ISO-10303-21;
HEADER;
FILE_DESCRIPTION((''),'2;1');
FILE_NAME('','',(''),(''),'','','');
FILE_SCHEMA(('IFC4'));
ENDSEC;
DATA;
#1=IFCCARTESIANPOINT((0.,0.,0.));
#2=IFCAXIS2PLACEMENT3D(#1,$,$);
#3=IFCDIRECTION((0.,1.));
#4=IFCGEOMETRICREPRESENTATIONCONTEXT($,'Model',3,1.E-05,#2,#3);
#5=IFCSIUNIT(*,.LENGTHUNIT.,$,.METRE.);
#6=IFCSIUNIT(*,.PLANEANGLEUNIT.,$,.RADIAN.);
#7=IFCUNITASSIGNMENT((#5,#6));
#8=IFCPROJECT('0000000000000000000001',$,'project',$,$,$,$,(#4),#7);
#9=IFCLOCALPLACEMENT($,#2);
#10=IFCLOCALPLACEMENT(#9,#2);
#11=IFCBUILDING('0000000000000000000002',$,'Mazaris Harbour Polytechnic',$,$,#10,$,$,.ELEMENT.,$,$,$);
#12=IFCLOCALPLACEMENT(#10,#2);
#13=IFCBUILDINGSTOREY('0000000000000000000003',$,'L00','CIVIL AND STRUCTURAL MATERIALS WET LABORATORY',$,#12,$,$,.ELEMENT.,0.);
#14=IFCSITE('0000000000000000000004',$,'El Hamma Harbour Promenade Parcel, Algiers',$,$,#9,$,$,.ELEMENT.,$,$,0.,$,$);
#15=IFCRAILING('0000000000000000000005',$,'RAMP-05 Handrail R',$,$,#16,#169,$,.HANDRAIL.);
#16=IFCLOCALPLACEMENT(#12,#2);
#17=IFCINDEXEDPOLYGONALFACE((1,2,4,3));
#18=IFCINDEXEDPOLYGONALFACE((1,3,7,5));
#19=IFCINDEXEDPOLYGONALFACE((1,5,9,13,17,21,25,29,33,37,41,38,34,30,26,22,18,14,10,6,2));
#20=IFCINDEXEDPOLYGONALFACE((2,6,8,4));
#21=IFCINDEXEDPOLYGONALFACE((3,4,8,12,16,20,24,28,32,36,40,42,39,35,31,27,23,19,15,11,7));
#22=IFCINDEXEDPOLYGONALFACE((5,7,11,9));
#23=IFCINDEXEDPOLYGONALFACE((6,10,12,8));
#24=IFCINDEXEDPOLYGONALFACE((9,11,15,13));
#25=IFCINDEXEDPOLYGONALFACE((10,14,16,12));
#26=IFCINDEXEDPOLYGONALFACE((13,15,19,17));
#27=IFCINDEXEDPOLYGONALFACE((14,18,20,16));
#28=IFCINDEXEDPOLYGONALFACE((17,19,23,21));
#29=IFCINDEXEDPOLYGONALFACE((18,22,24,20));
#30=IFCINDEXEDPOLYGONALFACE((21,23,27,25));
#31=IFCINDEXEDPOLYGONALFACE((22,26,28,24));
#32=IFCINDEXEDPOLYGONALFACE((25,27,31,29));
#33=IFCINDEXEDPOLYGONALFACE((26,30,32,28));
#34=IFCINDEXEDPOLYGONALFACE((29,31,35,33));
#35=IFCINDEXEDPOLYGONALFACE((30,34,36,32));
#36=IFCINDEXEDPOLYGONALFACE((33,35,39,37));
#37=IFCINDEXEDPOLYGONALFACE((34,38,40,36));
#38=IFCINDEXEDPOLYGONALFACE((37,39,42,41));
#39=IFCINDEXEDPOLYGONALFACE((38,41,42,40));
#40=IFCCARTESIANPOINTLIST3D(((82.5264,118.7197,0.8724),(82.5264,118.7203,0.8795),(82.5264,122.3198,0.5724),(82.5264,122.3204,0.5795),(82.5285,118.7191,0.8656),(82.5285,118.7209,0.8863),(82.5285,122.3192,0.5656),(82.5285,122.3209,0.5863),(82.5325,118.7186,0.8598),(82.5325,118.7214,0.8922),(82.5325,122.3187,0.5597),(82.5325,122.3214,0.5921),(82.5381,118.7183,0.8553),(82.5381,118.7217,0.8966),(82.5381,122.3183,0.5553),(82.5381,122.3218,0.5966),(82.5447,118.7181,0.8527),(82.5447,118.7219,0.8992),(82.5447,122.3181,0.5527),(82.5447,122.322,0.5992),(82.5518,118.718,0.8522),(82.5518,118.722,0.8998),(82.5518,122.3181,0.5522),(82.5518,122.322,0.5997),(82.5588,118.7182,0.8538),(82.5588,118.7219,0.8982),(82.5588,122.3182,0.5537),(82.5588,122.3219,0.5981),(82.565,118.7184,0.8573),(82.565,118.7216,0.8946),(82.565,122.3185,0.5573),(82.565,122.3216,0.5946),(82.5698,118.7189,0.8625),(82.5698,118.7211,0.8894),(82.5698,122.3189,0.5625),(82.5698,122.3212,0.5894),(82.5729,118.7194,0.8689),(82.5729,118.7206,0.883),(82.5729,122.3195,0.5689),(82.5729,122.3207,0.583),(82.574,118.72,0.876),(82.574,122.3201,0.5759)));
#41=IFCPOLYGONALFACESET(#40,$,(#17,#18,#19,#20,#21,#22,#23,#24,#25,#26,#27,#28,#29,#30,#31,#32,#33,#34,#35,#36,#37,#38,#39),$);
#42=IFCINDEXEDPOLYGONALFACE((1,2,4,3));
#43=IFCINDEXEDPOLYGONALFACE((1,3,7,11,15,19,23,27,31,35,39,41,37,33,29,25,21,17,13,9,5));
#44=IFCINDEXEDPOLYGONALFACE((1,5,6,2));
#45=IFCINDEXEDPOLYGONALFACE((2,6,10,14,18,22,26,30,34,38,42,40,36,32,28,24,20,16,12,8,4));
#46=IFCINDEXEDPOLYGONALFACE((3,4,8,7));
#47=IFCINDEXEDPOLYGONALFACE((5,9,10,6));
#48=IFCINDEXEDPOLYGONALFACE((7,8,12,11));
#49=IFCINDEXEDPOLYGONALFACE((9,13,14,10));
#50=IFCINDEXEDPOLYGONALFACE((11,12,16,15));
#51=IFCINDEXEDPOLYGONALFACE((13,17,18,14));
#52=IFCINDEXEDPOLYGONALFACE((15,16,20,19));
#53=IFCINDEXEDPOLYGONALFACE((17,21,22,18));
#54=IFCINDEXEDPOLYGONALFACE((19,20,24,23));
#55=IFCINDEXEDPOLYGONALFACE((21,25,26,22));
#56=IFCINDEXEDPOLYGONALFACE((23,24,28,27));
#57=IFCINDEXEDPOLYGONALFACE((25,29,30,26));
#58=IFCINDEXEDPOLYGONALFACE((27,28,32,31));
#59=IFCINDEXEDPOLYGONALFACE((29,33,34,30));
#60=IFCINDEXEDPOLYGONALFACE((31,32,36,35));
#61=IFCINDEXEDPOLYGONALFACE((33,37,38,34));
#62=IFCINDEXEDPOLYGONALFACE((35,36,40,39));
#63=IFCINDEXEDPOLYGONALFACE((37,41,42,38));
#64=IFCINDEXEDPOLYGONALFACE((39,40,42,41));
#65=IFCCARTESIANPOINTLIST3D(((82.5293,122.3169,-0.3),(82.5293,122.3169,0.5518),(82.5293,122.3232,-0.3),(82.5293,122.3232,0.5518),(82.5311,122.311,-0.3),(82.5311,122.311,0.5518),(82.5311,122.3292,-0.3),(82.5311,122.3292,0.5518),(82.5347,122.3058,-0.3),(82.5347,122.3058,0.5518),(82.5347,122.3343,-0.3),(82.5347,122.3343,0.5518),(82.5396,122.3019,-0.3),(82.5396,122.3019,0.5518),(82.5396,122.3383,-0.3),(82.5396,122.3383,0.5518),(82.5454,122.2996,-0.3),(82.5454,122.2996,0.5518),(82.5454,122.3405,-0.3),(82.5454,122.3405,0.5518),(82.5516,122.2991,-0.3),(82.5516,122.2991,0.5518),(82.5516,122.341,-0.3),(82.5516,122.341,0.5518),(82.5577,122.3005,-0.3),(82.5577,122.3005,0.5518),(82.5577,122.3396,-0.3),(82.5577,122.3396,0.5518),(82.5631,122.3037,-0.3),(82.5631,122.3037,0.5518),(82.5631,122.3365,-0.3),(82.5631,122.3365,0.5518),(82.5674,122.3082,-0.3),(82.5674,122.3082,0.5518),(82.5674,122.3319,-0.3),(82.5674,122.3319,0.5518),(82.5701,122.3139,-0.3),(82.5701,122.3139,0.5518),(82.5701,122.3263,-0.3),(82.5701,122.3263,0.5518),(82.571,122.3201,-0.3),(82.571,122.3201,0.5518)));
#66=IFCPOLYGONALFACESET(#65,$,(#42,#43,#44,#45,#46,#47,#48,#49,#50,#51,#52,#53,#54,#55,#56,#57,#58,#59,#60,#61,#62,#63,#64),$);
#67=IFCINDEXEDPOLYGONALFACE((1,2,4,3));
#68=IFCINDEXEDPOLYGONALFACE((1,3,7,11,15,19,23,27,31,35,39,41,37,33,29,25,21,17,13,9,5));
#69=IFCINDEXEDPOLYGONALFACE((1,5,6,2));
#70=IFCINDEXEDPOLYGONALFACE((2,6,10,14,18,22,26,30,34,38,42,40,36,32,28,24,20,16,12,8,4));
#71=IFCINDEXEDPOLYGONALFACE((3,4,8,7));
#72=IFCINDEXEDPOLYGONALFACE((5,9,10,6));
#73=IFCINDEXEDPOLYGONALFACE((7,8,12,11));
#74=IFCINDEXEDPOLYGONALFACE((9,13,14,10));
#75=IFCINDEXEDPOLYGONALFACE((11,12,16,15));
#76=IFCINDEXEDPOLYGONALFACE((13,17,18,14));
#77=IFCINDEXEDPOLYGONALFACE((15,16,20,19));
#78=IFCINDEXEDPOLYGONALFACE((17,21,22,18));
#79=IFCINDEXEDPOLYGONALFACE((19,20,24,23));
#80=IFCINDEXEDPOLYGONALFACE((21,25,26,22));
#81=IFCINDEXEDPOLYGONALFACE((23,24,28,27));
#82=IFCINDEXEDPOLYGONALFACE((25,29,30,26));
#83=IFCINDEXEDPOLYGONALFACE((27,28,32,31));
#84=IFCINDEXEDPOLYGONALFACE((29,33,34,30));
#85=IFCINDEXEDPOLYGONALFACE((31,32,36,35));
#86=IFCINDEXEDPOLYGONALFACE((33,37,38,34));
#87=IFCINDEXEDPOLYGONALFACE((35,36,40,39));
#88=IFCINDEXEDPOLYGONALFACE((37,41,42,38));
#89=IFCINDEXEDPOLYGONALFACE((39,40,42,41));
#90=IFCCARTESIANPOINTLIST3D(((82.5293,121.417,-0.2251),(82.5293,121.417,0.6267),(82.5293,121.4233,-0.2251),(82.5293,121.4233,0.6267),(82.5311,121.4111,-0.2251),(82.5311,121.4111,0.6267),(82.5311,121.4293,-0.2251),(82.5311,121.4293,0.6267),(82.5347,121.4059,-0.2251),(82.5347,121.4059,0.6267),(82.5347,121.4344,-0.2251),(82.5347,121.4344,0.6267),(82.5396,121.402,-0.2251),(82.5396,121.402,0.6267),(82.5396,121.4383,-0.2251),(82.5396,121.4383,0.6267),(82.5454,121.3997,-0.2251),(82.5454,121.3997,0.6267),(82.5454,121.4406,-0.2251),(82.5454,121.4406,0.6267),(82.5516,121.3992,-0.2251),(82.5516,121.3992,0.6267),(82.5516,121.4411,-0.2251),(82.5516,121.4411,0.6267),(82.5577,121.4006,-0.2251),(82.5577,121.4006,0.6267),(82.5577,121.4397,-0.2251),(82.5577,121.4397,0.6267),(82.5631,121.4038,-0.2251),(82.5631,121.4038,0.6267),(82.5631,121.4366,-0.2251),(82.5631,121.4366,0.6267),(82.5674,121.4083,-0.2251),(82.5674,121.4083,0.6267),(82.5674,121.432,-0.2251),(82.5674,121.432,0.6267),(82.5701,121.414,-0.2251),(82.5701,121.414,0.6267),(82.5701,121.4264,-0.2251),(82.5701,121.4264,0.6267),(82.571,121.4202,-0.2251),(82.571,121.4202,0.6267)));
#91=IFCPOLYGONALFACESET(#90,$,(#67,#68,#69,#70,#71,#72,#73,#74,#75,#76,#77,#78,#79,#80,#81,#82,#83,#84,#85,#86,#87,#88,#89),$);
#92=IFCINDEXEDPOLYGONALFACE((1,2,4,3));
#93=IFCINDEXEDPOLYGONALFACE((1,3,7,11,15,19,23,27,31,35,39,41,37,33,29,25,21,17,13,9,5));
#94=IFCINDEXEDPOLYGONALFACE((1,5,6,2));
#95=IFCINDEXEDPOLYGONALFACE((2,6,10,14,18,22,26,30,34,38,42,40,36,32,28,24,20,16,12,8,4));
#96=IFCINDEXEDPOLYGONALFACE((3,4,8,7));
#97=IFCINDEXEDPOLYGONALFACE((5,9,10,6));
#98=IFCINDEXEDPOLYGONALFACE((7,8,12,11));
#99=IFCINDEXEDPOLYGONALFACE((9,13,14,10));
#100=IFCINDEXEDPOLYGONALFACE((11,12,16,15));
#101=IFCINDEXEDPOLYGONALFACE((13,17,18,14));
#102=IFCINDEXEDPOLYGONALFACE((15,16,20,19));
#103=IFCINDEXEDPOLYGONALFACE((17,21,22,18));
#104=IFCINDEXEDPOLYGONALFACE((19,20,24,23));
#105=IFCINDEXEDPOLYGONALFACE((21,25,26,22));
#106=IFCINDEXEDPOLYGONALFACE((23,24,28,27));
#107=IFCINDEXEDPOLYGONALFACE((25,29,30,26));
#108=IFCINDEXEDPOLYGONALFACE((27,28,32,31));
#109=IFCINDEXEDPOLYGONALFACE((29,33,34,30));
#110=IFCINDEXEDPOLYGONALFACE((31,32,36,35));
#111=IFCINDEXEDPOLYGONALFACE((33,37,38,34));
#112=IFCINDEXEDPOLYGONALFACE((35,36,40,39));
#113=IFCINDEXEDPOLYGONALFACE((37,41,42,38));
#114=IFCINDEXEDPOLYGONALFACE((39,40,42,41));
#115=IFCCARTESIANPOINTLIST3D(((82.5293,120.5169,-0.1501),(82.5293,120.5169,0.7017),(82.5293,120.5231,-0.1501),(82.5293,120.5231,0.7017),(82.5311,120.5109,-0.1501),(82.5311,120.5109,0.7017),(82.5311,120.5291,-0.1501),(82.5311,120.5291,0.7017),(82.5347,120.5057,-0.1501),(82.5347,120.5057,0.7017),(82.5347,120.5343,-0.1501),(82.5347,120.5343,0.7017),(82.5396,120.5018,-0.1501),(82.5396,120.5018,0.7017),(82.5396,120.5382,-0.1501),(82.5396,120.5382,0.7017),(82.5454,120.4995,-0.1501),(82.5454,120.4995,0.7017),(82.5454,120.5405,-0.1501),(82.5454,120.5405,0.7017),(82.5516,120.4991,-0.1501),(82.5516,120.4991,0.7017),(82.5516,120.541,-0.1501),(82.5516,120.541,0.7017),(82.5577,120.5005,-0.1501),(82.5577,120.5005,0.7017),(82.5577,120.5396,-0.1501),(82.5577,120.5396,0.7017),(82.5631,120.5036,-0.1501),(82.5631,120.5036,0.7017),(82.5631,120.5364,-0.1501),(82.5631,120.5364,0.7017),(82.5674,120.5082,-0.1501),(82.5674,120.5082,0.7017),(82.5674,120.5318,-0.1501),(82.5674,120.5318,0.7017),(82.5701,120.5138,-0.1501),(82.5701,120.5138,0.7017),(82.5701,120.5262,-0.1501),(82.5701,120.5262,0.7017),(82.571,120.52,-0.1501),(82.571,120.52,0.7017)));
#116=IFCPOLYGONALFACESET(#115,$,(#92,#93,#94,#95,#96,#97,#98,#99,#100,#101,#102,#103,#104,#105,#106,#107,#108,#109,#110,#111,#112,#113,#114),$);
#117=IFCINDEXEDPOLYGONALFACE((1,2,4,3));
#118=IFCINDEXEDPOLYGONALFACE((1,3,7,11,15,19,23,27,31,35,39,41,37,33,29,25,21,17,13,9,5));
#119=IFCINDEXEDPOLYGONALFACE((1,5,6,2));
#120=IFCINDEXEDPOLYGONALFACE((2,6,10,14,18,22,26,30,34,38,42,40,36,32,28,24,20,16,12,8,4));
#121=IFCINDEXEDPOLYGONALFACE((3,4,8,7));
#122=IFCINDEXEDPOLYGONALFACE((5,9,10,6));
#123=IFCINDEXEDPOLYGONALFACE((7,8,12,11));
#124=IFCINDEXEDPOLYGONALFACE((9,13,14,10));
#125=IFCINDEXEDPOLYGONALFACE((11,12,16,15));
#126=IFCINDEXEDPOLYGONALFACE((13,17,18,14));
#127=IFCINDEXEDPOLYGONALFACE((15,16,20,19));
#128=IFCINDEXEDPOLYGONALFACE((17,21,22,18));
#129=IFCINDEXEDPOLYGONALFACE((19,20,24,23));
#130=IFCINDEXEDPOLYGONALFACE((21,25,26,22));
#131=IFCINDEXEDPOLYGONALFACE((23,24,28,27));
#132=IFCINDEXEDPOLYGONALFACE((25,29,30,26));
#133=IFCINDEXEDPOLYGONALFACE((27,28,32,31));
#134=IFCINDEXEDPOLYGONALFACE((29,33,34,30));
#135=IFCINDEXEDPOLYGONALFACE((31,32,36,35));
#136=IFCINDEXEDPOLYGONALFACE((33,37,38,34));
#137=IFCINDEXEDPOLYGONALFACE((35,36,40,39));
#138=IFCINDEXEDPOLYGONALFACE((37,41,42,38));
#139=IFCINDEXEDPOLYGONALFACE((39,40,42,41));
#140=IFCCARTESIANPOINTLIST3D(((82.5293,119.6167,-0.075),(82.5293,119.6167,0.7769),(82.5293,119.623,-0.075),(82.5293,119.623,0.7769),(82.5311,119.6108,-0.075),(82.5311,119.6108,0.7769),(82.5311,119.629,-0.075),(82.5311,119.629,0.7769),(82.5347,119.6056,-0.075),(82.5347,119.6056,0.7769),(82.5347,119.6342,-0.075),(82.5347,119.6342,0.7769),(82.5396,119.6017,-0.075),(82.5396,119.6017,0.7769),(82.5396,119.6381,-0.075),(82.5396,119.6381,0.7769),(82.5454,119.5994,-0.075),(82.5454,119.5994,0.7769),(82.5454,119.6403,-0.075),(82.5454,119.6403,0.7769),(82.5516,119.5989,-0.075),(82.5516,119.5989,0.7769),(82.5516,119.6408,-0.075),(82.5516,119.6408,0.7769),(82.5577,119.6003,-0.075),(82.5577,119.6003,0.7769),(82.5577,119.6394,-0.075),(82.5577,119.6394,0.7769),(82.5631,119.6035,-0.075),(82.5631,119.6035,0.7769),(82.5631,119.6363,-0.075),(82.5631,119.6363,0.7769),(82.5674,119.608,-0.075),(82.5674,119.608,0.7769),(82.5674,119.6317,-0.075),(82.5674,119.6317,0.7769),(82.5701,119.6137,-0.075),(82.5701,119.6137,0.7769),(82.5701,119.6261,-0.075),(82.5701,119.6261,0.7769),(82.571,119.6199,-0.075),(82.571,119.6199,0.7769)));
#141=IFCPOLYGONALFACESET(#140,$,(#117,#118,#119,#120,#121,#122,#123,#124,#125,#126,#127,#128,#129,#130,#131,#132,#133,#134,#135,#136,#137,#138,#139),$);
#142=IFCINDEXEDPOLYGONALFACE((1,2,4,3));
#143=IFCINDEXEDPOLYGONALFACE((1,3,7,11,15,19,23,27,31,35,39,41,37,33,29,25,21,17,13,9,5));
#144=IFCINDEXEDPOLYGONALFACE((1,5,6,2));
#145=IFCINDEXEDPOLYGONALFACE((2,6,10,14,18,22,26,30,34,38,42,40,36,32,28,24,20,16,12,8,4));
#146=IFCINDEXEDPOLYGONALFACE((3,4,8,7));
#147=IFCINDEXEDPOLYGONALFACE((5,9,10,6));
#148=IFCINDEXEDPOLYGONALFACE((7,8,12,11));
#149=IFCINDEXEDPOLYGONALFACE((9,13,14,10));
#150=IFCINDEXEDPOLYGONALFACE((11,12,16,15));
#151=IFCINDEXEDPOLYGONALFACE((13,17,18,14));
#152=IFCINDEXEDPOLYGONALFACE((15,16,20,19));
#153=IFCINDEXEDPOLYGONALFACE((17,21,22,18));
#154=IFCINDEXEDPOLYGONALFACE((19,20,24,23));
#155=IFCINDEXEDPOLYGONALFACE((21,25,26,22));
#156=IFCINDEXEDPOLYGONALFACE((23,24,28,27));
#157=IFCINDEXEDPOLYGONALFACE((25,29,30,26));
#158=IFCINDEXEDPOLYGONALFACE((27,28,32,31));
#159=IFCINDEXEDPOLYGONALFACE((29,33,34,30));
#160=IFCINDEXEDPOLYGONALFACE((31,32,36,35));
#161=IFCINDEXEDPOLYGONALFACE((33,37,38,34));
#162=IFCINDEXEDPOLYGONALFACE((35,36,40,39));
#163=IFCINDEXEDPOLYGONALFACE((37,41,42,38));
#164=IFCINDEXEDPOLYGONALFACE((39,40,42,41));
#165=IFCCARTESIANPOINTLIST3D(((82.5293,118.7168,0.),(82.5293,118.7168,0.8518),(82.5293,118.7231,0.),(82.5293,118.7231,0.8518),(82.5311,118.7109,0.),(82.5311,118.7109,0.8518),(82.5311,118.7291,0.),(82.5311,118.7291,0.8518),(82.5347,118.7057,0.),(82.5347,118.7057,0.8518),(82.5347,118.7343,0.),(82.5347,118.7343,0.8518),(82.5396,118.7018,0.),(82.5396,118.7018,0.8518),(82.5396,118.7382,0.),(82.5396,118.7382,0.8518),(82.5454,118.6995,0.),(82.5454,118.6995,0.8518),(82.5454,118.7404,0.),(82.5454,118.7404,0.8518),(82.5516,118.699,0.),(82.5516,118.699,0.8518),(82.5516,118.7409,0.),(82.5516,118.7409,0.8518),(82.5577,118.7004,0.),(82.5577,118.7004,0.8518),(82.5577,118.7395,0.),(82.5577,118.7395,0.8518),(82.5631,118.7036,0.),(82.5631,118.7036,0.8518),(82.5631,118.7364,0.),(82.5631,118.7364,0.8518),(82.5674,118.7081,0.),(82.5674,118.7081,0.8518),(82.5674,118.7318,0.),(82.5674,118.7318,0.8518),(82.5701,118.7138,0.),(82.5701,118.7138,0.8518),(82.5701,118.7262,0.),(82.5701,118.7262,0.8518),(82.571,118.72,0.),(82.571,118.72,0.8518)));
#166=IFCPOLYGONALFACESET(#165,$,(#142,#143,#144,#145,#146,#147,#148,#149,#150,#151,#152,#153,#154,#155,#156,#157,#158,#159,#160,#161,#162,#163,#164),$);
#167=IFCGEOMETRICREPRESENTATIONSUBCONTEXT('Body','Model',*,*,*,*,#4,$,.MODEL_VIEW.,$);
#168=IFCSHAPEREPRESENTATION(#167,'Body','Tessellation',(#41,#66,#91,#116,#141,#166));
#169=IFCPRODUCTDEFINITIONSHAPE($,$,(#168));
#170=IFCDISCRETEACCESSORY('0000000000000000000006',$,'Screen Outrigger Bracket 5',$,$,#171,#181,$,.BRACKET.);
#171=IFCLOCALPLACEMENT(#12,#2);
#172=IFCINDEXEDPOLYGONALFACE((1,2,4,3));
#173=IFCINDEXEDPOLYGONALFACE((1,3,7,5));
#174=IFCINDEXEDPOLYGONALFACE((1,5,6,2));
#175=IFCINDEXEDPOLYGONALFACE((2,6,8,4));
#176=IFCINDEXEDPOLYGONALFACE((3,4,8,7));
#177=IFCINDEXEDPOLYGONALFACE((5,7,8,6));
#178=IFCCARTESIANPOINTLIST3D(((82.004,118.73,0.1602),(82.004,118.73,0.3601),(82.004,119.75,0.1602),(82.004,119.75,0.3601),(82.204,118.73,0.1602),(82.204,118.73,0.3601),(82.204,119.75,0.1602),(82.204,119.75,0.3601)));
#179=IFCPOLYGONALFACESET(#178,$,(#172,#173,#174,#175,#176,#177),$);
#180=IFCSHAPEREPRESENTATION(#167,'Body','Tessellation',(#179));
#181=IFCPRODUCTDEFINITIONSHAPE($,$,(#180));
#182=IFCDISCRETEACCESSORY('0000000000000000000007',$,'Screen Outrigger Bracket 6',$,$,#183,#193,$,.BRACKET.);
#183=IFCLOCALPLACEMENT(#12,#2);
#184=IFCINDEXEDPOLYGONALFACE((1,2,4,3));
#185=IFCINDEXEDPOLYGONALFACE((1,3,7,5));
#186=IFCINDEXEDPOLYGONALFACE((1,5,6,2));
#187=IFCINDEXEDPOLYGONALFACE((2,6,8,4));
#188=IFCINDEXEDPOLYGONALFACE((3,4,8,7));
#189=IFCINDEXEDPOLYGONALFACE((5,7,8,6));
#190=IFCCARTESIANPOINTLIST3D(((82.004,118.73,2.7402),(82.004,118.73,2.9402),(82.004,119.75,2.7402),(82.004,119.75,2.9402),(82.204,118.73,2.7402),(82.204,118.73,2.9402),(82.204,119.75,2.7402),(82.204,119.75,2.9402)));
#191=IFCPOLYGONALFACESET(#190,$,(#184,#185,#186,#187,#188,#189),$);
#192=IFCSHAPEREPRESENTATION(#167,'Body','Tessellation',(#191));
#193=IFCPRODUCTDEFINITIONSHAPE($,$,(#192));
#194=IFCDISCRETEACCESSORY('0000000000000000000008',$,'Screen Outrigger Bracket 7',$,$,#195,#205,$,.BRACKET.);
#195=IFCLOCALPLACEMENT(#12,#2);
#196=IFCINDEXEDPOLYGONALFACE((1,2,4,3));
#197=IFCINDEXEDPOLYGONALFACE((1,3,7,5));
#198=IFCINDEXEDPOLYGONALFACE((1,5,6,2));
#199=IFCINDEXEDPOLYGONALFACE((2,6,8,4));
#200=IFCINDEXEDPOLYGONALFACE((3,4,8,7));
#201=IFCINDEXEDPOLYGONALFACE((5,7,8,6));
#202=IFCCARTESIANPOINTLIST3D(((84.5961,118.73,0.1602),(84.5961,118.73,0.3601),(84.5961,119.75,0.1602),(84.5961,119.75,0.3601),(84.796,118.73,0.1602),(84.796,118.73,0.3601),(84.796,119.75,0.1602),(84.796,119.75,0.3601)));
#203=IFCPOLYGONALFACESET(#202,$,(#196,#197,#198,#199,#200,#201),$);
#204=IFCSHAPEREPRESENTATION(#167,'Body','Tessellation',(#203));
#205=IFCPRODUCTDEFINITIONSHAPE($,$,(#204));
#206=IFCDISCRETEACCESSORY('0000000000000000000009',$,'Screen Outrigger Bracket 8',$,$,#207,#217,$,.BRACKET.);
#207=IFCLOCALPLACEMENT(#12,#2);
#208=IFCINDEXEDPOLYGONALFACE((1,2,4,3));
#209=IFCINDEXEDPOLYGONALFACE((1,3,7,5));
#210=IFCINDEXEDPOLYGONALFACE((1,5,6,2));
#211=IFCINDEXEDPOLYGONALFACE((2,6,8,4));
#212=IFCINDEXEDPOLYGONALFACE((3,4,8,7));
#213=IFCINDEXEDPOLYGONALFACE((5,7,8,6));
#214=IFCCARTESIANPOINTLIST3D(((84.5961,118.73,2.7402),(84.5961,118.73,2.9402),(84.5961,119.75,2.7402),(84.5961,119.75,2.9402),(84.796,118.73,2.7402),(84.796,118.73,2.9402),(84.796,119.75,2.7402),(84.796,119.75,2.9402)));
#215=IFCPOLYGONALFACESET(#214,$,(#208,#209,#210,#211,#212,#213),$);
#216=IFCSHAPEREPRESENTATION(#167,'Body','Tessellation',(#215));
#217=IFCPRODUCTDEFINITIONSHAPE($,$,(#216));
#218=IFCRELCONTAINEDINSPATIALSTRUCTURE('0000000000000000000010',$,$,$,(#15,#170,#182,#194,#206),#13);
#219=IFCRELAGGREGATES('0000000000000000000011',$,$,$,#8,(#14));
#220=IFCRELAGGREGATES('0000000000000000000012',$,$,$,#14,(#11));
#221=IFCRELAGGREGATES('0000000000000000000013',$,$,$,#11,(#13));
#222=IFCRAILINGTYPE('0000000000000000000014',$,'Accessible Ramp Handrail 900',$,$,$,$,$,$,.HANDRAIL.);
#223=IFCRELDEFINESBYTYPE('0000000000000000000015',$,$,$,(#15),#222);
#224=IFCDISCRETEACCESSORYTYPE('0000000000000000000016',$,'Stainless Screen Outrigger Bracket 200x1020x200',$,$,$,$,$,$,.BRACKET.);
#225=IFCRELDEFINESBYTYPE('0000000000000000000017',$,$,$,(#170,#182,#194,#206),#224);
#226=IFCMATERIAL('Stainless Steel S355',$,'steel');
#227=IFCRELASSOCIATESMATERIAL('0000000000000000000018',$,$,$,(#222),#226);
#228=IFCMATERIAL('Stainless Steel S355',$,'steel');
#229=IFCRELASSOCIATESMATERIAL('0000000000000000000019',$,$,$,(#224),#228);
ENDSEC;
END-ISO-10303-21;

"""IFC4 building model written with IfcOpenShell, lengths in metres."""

from ifc_helpers import new_model, si_unit, direction, frame, origin, origin_2d, place, context, subcontext, project, spatial, rectangle, circle, extrude, material, type_object, element, save


model = new_model("IFC4")

# Units and contexts
model_context = context("Model", 3, precision=1e-05, world=origin(), true_north=direction((0.0, 1.0)))
body_context = subcontext(model_context, "Body", "Model", "MODEL_VIEW")
ifc_project = project(units=[si_unit("LENGTHUNIT", "METRE"), si_unit("PLANEANGLEUNIT", "RADIAN")], contexts=[model_context])

# Site, building, storey
site_placement = place(None, origin())
site = spatial("IfcSite", under=ifc_project, at=site_placement, Name="El Hamma Harbour Promenade Parcel, Algiers", CompositionType="ELEMENT", RefElevation=0.0)
building_placement = place(site_placement, origin())
building = spatial("IfcBuilding", under=site, at=building_placement, Name="Mazaris Harbour Polytechnic", CompositionType="ELEMENT")
storey_placement = place(building_placement, origin())
storey = spatial("IfcBuildingStorey", under=building, at=storey_placement, Name="L00", Description="CIVIL AND STRUCTURAL MATERIALS WET LABORATORY", CompositionType="ELEMENT", Elevation=0.0)

# Railing
ifc_material_1 = material(Name="Stainless Steel S355", Category="steel")
railing_type_1 = type_object("IfcRailingType", Name="Accessible Ramp Handrail 900", PredefinedType="HANDRAIL", material=ifc_material_1)
for number, where, name in (
    (1, (82.55, 122.3201, -0.3), "RAMP-05 Handrail R"),
):
    element("IfcRailing", number, at=place(storey_placement, frame(where)), inside=storey, type_object=railing_type_1, Name=name, PredefinedType="HANDRAIL", context=body_context, shape_type="SweptSolid", body=[
        extrude(circle(Radius=0.0239, at=origin_2d()), frame((0.0, 0.0, 0.876), z_axis=(0.0, -0.996545, 0.083057), x_axis=(1.0, 0.0, 0.0)), (0.0, 0.0, 1.0), 3.6125),
        extrude(circle(Radius=0.021, at=origin_2d()), origin(), (0.0, 0.0, 1.0), 0.8518),
        extrude(circle(Radius=0.021, at=origin_2d()), frame((0.0, -0.8999, 0.075)), (0.0, 0.0, 1.0), 0.8518),
        extrude(circle(Radius=0.021, at=origin_2d()), frame((0.0, -1.8, 0.1499)), (0.0, 0.0, 1.0), 0.8518),
        extrude(circle(Radius=0.021, at=origin_2d()), frame((0.0, -2.7002, 0.2251)), (0.0, 0.0, 1.0), 0.8518),
        extrude(circle(Radius=0.021, at=origin_2d()), frame((0.0, -3.6001, 0.3)), (0.0, 0.0, 1.0), 0.8518),
    ])

# Discrete accessories
ifc_material_2 = material(Name="Stainless Steel S355", Category="steel")
discrete_accessory_type = type_object("IfcDiscreteAccessoryType", Name="Stainless Screen Outrigger Bracket 200x1020x200", PredefinedType="BRACKET", material=ifc_material_2)
for number, where, z_axis, x_axis, name in (
    (2, (82.104, 119.24, 0.1602), (0.0, 0.0, 1.0), (1.0, 0.0, 0.0), "Screen Outrigger Bracket 5"),
    (3, (82.104, 119.24, 2.7402), (0.0, 0.0, 1.0), (1.0, 0.0, 0.0), "Screen Outrigger Bracket 6"),
    (4, (84.696, 119.24, 0.1602), (0.0, 0.0, 1.0), (1.0, 0.0, 0.0), "Screen Outrigger Bracket 7"),
    (5, (84.696, 119.24, 2.7402), (0.0, 0.0, 1.0), (1.0, 0.0, 0.0), "Screen Outrigger Bracket 8"),
):
    element("IfcDiscreteAccessory", number, at=place(storey_placement, frame(where, z_axis=z_axis, x_axis=x_axis)), inside=storey, type_object=discrete_accessory_type, Name=name, PredefinedType="BRACKET", context=body_context, shape_type="SweptSolid", body=[
        extrude(rectangle(XDim=0.2, YDim=1.02, at=origin_2d()), origin(), (0.0, 0.0, 1.0), 0.2),
    ])

save(model, "model.ifc")
